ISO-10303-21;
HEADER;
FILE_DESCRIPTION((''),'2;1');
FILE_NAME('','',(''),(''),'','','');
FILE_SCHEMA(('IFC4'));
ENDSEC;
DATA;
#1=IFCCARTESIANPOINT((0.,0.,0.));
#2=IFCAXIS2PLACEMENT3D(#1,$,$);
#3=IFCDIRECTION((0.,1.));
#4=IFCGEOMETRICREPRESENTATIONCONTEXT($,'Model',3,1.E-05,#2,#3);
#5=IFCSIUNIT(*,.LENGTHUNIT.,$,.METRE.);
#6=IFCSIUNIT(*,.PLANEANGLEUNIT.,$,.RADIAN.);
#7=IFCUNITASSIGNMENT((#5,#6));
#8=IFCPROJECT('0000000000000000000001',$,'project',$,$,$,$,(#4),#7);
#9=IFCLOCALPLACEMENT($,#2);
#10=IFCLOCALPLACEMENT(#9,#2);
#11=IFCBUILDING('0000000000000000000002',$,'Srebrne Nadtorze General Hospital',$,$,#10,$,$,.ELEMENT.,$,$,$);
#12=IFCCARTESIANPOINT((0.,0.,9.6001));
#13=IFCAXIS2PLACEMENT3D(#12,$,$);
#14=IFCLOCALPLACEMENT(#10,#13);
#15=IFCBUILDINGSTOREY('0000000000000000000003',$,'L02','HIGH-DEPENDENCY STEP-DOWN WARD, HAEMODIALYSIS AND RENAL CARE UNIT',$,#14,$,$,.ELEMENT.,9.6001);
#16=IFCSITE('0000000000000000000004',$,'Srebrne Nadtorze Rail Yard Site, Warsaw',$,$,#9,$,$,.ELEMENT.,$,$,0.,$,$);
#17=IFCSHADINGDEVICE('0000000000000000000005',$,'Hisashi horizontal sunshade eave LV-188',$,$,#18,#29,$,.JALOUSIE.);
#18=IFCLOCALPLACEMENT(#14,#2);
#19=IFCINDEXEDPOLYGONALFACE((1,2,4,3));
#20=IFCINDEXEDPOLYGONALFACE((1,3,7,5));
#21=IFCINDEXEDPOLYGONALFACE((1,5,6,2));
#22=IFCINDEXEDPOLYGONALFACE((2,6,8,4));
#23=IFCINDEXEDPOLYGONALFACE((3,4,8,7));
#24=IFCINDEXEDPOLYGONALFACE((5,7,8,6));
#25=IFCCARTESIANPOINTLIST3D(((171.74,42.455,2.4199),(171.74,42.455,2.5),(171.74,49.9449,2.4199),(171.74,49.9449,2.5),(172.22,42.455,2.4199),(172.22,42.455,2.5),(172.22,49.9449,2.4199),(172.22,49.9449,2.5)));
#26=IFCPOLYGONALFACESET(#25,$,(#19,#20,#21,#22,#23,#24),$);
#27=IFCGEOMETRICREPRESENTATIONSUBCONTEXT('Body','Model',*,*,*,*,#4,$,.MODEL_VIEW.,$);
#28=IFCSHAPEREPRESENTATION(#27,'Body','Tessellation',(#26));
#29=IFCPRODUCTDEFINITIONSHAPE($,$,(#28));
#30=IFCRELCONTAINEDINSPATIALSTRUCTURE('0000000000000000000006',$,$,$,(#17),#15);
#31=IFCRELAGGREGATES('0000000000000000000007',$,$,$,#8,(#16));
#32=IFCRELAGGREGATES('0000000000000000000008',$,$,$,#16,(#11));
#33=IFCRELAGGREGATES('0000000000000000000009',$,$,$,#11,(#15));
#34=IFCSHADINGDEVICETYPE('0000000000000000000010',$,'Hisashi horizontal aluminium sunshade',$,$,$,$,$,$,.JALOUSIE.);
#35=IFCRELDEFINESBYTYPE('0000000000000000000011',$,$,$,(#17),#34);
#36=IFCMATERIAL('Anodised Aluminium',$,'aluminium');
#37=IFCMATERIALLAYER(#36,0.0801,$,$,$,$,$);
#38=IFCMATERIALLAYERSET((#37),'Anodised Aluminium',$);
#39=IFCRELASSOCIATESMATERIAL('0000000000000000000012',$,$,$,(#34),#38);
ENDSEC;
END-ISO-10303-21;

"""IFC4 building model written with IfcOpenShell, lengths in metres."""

from ifc_helpers import new_model, si_unit, direction, frame, origin, origin_2d, place, context, subcontext, project, spatial, rectangle, extrude, material, layer, layer_set, type_object, element, save


model = new_model("IFC4")

# Units and contexts
model_context = context("Model", 3, precision=1e-05, world=origin(), true_north=direction((0.0, 1.0)))
body_context = subcontext(model_context, "Body", "Model", "MODEL_VIEW")
ifc_project = project(units=[si_unit("LENGTHUNIT", "METRE"), si_unit("PLANEANGLEUNIT", "RADIAN")], contexts=[model_context])

# Site, building, storey
site_placement = place(None, origin())
site = spatial("IfcSite", under=ifc_project, at=site_placement, Name="Srebrne Nadtorze Rail Yard Site, Warsaw", CompositionType="ELEMENT", RefElevation=0.0)
building_placement = place(site_placement, origin())
building = spatial("IfcBuilding", under=site, at=building_placement, Name="Srebrne Nadtorze General Hospital", CompositionType="ELEMENT")
storey_placement = place(building_placement, frame((0.0, 0.0, 9.6001)))
storey = spatial("IfcBuildingStorey", under=building, at=storey_placement, Name="L02", Description="HIGH-DEPENDENCY STEP-DOWN WARD, HAEMODIALYSIS AND RENAL CARE UNIT", CompositionType="ELEMENT", Elevation=9.6001)

# Shading device
ifc_material_1 = material(Name="Anodised Aluminium", Category="aluminium")
ifc_layer_1 = layer(ifc_material_1, 0.0801)
ifc_layer_set_1 = layer_set([ifc_layer_1], Name="Anodised Aluminium")
shading_device_type = type_object("IfcShadingDeviceType", Name="Hisashi horizontal aluminium sunshade", PredefinedType="JALOUSIE", material=ifc_layer_set_1)
for number, where, z_axis, x_axis, name in (
    (1, (171.98, 46.2, 2.4199), (0.0, 0.0, 1.0), (1.0, 0.0, 0.0), "Hisashi horizontal sunshade eave LV-188"),
):
    element("IfcShadingDevice", number, at=place(storey_placement, frame(where, z_axis=z_axis, x_axis=x_axis)), inside=storey, type_object=shading_device_type, Name=name, PredefinedType="JALOUSIE", context=body_context, shape_type="SweptSolid", body=[
        extrude(rectangle(XDim=0.48, YDim=7.49, at=origin_2d()), origin(), (0.0, 0.0, 1.0), 0.0801),
    ])

save(model, "model.ifc")
